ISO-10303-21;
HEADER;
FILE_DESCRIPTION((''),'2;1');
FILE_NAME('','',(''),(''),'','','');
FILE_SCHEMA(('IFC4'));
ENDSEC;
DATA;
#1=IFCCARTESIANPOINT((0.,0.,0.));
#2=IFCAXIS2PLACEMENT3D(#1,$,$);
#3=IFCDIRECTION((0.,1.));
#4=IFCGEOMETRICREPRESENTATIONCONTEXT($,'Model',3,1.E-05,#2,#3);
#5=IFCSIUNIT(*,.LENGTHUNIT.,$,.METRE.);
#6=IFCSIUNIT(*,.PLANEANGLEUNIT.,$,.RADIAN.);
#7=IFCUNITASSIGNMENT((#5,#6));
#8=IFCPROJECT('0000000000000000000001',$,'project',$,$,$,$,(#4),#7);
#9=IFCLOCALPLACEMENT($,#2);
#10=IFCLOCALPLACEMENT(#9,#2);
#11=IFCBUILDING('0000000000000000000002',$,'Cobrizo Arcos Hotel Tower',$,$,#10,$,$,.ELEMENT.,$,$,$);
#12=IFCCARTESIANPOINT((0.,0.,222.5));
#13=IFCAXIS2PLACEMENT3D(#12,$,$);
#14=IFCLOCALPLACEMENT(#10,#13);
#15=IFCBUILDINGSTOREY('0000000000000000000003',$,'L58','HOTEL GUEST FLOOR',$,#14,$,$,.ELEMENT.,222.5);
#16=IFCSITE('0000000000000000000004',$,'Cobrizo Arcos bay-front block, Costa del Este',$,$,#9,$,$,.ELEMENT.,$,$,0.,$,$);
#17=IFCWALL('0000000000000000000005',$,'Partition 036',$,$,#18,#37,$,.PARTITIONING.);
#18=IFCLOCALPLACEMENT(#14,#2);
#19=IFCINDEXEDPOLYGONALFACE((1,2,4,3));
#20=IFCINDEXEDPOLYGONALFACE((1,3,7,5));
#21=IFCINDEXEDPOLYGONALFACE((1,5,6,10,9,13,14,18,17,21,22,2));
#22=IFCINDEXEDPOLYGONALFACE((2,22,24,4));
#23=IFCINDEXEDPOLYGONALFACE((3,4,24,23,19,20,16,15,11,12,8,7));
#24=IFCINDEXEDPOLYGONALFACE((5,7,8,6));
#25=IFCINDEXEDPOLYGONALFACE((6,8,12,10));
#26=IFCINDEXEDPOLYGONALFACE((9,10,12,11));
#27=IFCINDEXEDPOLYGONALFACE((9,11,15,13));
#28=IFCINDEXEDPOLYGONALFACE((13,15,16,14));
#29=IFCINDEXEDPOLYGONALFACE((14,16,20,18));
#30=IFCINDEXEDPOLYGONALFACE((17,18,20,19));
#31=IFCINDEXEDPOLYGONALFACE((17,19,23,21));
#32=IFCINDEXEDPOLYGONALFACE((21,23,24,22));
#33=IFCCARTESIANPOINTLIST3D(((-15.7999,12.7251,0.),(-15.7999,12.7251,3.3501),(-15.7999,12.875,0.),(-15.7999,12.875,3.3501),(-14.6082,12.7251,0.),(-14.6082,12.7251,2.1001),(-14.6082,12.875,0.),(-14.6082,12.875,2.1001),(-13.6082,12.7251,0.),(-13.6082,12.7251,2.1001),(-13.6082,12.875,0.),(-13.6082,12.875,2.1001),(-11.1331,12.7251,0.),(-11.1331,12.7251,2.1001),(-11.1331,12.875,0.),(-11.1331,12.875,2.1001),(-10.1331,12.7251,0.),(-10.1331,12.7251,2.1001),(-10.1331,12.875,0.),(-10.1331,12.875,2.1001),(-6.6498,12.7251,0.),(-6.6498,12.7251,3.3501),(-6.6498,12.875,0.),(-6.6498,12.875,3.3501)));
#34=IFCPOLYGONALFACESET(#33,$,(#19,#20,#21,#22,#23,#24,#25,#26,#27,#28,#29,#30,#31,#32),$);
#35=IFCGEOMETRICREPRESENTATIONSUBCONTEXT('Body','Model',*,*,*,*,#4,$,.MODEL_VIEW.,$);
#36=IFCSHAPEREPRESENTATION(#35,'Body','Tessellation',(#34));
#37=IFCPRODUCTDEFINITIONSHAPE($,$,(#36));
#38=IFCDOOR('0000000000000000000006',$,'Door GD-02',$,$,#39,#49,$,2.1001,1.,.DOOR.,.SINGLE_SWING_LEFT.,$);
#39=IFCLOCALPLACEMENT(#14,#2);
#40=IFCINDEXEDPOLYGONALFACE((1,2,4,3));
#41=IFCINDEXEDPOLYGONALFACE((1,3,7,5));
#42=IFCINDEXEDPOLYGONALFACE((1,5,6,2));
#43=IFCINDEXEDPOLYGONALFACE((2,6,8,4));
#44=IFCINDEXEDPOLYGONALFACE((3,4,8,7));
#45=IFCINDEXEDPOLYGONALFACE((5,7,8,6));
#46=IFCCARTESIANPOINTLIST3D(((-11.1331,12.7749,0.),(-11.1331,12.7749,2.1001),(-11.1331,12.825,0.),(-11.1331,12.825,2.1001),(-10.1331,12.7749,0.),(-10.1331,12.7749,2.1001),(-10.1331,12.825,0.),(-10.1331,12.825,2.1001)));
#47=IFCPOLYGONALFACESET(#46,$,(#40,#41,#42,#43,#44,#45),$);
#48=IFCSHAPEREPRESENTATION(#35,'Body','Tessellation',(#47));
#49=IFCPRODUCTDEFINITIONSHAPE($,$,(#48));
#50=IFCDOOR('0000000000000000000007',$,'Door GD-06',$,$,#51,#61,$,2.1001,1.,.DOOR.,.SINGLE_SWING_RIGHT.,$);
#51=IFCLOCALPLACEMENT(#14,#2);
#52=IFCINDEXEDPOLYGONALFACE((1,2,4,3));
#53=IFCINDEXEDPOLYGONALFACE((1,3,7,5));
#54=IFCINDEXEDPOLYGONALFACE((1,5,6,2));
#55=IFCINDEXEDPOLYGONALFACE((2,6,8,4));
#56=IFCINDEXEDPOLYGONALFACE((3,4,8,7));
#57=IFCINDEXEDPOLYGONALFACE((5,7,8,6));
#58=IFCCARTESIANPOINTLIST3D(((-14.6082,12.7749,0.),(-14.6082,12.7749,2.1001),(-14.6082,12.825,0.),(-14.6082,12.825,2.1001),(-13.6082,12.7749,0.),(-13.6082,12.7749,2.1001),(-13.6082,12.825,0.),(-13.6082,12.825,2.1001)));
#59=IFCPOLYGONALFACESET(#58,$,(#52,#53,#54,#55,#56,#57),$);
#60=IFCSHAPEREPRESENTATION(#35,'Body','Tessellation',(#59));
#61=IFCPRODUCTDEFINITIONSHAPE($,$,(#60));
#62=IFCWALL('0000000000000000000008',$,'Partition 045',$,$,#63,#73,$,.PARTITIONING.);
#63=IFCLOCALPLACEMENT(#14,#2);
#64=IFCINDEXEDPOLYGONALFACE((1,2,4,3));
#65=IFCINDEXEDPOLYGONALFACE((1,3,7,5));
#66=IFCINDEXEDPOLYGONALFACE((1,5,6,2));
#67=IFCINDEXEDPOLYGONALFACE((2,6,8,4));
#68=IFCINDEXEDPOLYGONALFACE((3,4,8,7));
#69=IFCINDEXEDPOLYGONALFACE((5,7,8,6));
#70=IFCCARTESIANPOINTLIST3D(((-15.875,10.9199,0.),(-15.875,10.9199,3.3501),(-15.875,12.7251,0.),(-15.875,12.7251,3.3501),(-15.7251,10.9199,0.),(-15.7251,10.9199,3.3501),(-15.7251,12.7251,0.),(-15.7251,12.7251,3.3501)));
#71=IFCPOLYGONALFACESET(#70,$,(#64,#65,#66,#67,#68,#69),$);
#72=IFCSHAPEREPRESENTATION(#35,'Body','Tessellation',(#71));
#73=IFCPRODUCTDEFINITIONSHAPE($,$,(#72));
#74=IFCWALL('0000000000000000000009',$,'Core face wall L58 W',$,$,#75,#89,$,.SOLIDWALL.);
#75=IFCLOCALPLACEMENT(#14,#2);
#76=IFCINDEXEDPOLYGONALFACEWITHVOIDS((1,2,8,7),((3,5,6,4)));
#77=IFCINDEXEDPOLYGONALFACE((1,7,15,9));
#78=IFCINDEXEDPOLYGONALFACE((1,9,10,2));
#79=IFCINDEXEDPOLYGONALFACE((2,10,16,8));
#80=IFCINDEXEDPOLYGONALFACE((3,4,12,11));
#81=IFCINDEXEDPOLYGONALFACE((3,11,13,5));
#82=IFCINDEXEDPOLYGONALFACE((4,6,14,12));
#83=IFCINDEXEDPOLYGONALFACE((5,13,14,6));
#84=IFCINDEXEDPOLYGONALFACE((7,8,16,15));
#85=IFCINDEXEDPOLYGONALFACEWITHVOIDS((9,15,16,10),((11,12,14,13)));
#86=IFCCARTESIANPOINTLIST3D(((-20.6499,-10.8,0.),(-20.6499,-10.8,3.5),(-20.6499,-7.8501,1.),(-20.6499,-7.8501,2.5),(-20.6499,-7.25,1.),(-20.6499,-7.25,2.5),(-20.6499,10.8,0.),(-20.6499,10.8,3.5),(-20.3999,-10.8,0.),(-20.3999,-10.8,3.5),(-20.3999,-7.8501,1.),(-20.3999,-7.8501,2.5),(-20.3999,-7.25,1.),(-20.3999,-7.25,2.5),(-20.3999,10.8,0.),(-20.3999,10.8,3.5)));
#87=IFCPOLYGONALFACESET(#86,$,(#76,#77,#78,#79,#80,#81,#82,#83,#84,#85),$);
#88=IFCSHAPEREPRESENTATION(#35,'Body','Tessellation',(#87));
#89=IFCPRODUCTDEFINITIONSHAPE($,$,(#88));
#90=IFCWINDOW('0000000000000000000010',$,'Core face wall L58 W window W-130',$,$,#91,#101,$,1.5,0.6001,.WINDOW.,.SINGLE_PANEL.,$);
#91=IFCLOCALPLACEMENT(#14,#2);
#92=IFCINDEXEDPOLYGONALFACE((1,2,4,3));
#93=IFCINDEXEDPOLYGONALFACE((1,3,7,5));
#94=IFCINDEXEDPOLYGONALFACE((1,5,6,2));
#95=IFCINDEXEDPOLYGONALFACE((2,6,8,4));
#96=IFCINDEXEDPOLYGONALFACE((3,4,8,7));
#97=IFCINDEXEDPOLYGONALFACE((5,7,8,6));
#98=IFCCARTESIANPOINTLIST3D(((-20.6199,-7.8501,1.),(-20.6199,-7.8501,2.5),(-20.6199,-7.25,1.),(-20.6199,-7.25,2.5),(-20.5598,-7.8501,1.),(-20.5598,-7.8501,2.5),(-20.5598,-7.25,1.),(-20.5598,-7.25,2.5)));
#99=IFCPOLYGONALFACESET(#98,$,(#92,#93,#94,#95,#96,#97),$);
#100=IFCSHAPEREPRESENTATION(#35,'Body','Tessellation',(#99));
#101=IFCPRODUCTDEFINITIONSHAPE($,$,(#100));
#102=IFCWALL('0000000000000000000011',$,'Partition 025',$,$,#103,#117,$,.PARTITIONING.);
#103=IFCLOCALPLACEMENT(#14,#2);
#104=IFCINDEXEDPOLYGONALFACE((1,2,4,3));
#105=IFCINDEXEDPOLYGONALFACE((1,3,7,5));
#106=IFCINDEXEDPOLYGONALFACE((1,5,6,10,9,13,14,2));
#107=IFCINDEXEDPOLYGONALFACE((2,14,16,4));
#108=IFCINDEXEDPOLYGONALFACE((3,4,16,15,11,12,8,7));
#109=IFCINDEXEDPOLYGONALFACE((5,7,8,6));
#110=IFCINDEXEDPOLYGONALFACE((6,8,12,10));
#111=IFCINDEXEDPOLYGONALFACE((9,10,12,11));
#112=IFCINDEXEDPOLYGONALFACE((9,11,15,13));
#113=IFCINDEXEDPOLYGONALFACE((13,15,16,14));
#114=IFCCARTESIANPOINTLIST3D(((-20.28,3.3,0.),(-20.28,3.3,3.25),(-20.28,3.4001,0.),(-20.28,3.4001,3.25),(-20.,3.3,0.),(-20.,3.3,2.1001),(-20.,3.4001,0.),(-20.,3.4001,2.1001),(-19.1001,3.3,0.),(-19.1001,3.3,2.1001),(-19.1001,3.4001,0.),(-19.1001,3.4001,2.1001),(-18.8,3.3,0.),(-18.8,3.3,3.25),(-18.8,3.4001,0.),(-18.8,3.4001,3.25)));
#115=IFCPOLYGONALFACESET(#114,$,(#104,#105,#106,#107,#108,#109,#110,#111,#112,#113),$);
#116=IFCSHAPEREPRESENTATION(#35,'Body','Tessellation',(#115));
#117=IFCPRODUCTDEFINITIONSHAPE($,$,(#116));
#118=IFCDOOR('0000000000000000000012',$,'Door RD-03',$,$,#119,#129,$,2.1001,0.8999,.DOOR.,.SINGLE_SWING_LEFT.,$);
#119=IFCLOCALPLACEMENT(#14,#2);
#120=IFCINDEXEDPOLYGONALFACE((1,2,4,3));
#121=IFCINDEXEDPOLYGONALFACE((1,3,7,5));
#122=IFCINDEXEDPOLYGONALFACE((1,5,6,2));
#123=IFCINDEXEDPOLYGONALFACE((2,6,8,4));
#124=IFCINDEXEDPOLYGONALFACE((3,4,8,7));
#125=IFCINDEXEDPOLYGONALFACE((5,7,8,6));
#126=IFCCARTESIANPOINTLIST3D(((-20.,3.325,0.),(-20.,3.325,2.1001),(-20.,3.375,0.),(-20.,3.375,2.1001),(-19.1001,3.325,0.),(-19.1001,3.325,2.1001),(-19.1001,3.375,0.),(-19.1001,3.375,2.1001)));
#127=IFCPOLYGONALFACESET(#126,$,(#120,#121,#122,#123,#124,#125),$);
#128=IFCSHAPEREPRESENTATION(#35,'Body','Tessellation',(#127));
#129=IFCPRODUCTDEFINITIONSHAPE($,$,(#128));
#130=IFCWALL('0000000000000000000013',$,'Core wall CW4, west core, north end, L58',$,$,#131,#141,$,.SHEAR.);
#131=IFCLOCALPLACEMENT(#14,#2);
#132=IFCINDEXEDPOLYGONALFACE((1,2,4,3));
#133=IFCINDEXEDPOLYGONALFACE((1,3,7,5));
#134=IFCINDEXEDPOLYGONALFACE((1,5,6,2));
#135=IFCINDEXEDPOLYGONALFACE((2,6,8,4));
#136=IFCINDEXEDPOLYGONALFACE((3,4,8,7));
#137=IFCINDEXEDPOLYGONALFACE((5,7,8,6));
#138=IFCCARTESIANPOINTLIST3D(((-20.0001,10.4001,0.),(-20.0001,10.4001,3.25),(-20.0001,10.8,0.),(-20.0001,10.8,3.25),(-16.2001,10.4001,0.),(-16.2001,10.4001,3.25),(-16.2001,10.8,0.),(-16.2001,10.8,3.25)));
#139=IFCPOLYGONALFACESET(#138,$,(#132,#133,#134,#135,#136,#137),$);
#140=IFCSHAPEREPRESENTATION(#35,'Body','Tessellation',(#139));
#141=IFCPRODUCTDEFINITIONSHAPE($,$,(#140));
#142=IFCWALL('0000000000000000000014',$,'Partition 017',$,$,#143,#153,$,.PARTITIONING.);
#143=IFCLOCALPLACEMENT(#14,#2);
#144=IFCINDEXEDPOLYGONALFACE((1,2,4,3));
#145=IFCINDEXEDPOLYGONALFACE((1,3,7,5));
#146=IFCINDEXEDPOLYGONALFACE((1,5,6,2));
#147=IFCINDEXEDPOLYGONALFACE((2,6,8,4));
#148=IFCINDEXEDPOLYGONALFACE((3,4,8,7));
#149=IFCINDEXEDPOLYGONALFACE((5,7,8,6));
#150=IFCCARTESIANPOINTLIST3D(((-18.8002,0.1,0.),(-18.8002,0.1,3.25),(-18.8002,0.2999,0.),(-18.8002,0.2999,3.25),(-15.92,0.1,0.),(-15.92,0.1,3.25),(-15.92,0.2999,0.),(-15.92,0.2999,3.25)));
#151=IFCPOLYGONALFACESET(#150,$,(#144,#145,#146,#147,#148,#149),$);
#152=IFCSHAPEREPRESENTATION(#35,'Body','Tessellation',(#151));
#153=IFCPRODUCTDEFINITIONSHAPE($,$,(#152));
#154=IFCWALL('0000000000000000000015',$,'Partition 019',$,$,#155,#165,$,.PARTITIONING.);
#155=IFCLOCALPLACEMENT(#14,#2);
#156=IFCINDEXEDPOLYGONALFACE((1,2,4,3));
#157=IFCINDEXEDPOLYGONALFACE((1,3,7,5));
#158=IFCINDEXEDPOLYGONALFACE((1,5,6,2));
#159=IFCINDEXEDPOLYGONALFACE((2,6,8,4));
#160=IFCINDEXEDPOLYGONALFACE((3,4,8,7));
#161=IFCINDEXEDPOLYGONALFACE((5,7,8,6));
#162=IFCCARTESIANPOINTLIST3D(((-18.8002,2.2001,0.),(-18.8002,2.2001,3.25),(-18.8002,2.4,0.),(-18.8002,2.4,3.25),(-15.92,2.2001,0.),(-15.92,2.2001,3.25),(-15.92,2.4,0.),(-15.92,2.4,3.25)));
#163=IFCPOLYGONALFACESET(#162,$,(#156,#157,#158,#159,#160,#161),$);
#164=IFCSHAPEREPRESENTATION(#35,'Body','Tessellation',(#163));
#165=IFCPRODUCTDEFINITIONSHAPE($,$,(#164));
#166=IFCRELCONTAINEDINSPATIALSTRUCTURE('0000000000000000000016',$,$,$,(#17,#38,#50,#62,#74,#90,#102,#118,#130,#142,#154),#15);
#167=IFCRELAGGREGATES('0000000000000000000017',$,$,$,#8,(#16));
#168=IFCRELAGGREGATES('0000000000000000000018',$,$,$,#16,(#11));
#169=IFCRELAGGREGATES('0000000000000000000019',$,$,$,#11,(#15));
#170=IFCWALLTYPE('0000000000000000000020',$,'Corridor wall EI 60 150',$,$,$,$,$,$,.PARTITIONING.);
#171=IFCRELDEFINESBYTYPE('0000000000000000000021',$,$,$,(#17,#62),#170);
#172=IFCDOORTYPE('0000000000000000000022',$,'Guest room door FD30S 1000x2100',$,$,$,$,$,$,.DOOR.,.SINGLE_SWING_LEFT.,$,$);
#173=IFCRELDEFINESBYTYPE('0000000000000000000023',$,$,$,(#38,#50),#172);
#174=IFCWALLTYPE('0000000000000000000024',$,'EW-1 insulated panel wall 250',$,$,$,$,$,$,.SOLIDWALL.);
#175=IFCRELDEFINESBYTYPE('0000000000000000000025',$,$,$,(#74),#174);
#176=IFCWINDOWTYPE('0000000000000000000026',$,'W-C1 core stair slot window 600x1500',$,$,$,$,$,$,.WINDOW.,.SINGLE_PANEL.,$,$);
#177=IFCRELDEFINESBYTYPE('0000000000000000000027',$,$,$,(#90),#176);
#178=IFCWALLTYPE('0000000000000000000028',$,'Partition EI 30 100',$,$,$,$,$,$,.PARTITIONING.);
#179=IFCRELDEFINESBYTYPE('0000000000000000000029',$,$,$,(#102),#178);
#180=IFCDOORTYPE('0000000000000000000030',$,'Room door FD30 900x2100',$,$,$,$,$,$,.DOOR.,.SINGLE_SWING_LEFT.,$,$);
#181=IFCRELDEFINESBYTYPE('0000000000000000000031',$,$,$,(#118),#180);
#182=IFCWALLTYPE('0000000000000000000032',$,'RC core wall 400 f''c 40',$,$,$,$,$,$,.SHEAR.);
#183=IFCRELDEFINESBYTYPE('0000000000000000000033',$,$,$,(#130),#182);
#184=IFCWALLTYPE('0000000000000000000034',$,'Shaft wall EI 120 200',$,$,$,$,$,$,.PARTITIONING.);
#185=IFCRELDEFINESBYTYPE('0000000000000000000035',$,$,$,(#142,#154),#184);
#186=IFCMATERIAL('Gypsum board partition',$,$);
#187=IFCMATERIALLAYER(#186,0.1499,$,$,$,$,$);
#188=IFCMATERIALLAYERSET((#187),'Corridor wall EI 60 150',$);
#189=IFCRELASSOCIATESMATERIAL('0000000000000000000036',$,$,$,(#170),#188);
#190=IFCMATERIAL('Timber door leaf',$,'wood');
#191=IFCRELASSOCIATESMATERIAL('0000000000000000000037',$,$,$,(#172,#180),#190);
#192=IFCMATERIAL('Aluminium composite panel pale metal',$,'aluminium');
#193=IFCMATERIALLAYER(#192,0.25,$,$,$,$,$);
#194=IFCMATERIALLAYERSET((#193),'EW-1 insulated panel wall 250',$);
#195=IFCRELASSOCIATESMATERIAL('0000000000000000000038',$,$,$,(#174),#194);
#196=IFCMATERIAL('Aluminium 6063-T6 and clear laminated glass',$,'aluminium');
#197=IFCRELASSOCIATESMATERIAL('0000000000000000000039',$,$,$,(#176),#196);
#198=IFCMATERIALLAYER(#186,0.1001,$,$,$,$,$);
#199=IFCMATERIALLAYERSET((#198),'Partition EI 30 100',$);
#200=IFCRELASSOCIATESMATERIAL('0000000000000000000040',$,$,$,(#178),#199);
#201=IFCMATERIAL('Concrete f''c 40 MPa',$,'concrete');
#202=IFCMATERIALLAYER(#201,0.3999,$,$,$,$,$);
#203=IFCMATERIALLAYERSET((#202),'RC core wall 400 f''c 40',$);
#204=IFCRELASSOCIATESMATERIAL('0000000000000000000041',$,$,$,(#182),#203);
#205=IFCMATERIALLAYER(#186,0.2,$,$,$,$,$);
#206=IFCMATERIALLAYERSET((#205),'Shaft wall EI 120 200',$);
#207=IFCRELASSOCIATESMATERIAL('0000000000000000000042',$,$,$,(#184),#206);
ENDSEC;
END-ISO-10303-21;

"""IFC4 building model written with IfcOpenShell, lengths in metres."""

from ifc_helpers import new_model, si_unit, direction, frame, frame_2d, origin, place, context, subcontext, project, spatial, rectangle, extrude, material, layer, layer_set, type_object, element, fill, save


model = new_model("IFC4")

# Units and contexts
model_context = context("Model", 3, precision=1e-05, world=origin(), true_north=direction((0.0, 1.0)))
body_context = subcontext(model_context, "Body", "Model", "MODEL_VIEW")
ifc_project = project(units=[si_unit("LENGTHUNIT", "METRE"), si_unit("PLANEANGLEUNIT", "RADIAN")], contexts=[model_context])

# Site, building, storey
site_placement = place(None, origin())
site = spatial("IfcSite", under=ifc_project, at=site_placement, Name="Cobrizo Arcos bay-front block, Costa del Este", CompositionType="ELEMENT", RefElevation=0.0)
building_placement = place(site_placement, origin())
building = spatial("IfcBuilding", under=site, at=building_placement, Name="Cobrizo Arcos Hotel Tower", CompositionType="ELEMENT")
storey_placement = place(building_placement, frame((0.0, 0.0, 222.5)))
storey = spatial("IfcBuildingStorey", under=building, at=storey_placement, Name="L58", Description="HOTEL GUEST FLOOR", CompositionType="ELEMENT", Elevation=222.5)

# Shared definitions
ifc_material_1 = material(Name="Gypsum board partition")
ifc_layer_1 = layer(ifc_material_1, 0.1499)
ifc_layer_set_1 = layer_set([ifc_layer_1], Name="Corridor wall EI 60 150")
wall_type_1 = type_object("IfcWallType", Name="Corridor wall EI 60 150", PredefinedType="PARTITIONING", material=ifc_layer_set_1)

# Wall, openings, doors
wall_1_placement = place(storey_placement, frame((-15.8, 12.8, 0.0), z_axis=(0.0, 0.0, 1.0), x_axis=(1.0, 0.0, 0.0)))
wall_1 = element("IfcWall", 1, at=wall_1_placement, inside=storey, type_object=wall_type_1, Name="Partition 036", PredefinedType="PARTITIONING", context=body_context, shape_type="SweptSolid", body=[
    extrude(rectangle(XDim=9.1501, YDim=0.1499, at=frame_2d((4.5752, 0.0))), origin(), (0.0, 0.0, 1.0), 3.3501),
])
opening_1_placement = place(wall_1_placement, frame((4.667, 0.0, 0.0)))
opening_1 = element("IfcOpeningElement", 2, at=opening_1_placement, cuts=wall_1, PredefinedType="OPENING", context=body_context, shape_type="SweptSolid", body=[
    extrude(rectangle(XDim=1.0, YDim=2.1001, at=frame_2d((0.5, 1.05))), frame((0.0, 0.0869, 0.0), z_axis=(0.0, -1.0, 0.0), x_axis=(1.0, 0.0, 0.0)), (0.0, 0.0, 1.0), 0.1738),
])
opening_2_placement = place(wall_1_placement, frame((1.1919, 0.0, 0.0)))
opening_2 = element("IfcOpeningElement", 3, at=opening_2_placement, cuts=wall_1, PredefinedType="OPENING", context=body_context, shape_type="SweptSolid", body=[
    extrude(rectangle(XDim=1.0, YDim=2.1001, at=frame_2d((0.5, 1.05))), frame((0.0, 0.0869, 0.0), z_axis=(0.0, -1.0, 0.0), x_axis=(1.0, 0.0, 0.0)), (0.0, 0.0, 1.0), 0.1738),
])
ifc_material_2 = material(Name="Timber door leaf", Category="wood")
door_type_1 = type_object("IfcDoorType", Name="Guest room door FD30S 1000x2100", OperationType="SINGLE_SWING_LEFT", PredefinedType="DOOR", material=ifc_material_2)
door_1_placement = place(opening_1_placement, origin())
door_1 = element("IfcDoor", 4, at=door_1_placement, inside=storey, type_object=door_type_1, Name="Door GD-02", OperationType="SINGLE_SWING_LEFT", OverallHeight=2.1001, OverallWidth=1.0, PredefinedType="DOOR", context=body_context, shape_type="SweptSolid", body=[
    extrude(rectangle(XDim=1.0, YDim=2.1001, at=frame_2d((0.5, 1.05))), frame((0.0, 0.0249, 0.0), z_axis=(0.0, -1.0, 0.0), x_axis=(1.0, 0.0, 0.0)), (0.0, 0.0, 1.0), 0.05),
])
fill(opening_1, door_1)
door_2_placement = place(opening_2_placement, origin())
door_2 = element("IfcDoor", 5, at=door_2_placement, inside=storey, type_object=door_type_1, Name="Door GD-06", OperationType="SINGLE_SWING_RIGHT", OverallHeight=2.1001, OverallWidth=1.0, PredefinedType="DOOR", context=body_context, shape_type="SweptSolid", body=[
    extrude(rectangle(XDim=1.0, YDim=2.1001, at=frame_2d((0.5, 1.05))), frame((0.0, 0.0249, 0.0), z_axis=(0.0, -1.0, 0.0), x_axis=(1.0, 0.0, 0.0)), (0.0, 0.0, 1.0), 0.05),
])
fill(opening_2, door_2)

# Wall
wall_2_placement = place(storey_placement, frame((-15.8, 10.9199, 0.0), z_axis=(0.0, 0.0, 1.0), x_axis=(0.0, 1.0, 0.0)))
element("IfcWall", 6, at=wall_2_placement, inside=storey, type_object=wall_type_1, Name="Partition 045", PredefinedType="PARTITIONING", context=body_context, shape_type="SweptSolid", body=[
    extrude(rectangle(XDim=1.8052, YDim=0.1499, at=frame_2d((0.9026, 0.0))), origin(), (0.0, 0.0, 1.0), 3.3501),
])

# Wall, opening, window
ifc_material_3 = material(Name="Aluminium composite panel pale metal", Category="aluminium")
ifc_layer_2 = layer(ifc_material_3, 0.25)
ifc_layer_set_2 = layer_set([ifc_layer_2], Name="EW-1 insulated panel wall 250")
wall_type_2 = type_object("IfcWallType", Name="EW-1 insulated panel wall 250", PredefinedType="SOLIDWALL", material=ifc_layer_set_2)
wall_3_placement = place(storey_placement, frame((-20.5249, 10.8, 0.0), z_axis=(0.0, 0.0, 1.0), x_axis=(0.0, -1.0, 0.0)))
wall_3 = element("IfcWall", 7, at=wall_3_placement, inside=storey, type_object=wall_type_2, Name="Core face wall L58 W", PredefinedType="SOLIDWALL", context=body_context, shape_type="SweptSolid", body=[
    extrude(rectangle(XDim=21.6001, YDim=0.25, at=frame_2d((10.8, 0.0))), origin(), (0.0, 0.0, 1.0), 3.5),
])
opening_3_placement = place(wall_3_placement, frame((18.05, 0.0, 1.0)))
opening_3 = element("IfcOpeningElement", 8, at=opening_3_placement, cuts=wall_3, PredefinedType="OPENING", context=body_context, shape_type="SweptSolid", body=[
    extrude(rectangle(XDim=0.6001, YDim=1.5, at=frame_2d((0.3, 0.75))), frame((0.0, 0.137, 0.0), z_axis=(0.0, -1.0, 0.0), x_axis=(1.0, 0.0, 0.0)), (0.0, 0.0, 1.0), 0.2739),
])
ifc_material_4 = material(Name="Aluminium 6063-T6 and clear laminated glass", Category="aluminium")
window_type = type_object("IfcWindowType", Name="W-C1 core stair slot window 600x1500", PartitioningType="SINGLE_PANEL", PredefinedType="WINDOW", material=ifc_material_4)
window_placement = place(opening_3_placement, origin())
window = element("IfcWindow", 9, at=window_placement, inside=storey, type_object=window_type, Name="Core face wall L58 W window W-130", OverallHeight=1.5, OverallWidth=0.6001, PartitioningType="SINGLE_PANEL", PredefinedType="WINDOW", context=body_context, shape_type="SweptSolid", body=[
    extrude(rectangle(XDim=0.6001, YDim=1.5, at=frame_2d((0.3, 0.75))), frame((0.0, -0.0349, 0.0), z_axis=(0.0, -1.0, 0.0), x_axis=(1.0, 0.0, 0.0)), (0.0, 0.0, 1.0), 0.0601),
])
fill(opening_3, window)

# Wall, opening, door
ifc_layer_3 = layer(ifc_material_1, 0.1001)
ifc_layer_set_3 = layer_set([ifc_layer_3], Name="Partition EI 30 100")
wall_type_3 = type_object("IfcWallType", Name="Partition EI 30 100", PredefinedType="PARTITIONING", material=ifc_layer_set_3)
wall_4_placement = place(storey_placement, frame((-20.28, 3.3501, 0.0), z_axis=(0.0, 0.0, 1.0), x_axis=(1.0, 0.0, 0.0)))
wall_4 = element("IfcWall", 10, at=wall_4_placement, inside=storey, type_object=wall_type_3, Name="Partition 025", PredefinedType="PARTITIONING", context=body_context, shape_type="SweptSolid", body=[
    extrude(rectangle(XDim=1.48, YDim=0.1001, at=frame_2d((0.74, 0.0))), origin(), (0.0, 0.0, 1.0), 3.25),
])
opening_4_placement = place(wall_4_placement, frame((0.28, 0.0, 0.0)))
opening_4 = element("IfcOpeningElement", 11, at=opening_4_placement, cuts=wall_4, PredefinedType="OPENING", context=body_context, shape_type="SweptSolid", body=[
    extrude(rectangle(XDim=0.8999, YDim=2.1001, at=frame_2d((0.45, 1.05))), frame((0.0, 0.062, 0.0), z_axis=(0.0, -1.0, 0.0), x_axis=(1.0, 0.0, 0.0)), (0.0, 0.0, 1.0), 0.124),
])
door_type_2 = type_object("IfcDoorType", Name="Room door FD30 900x2100", OperationType="SINGLE_SWING_LEFT", PredefinedType="DOOR", material=ifc_material_2)
door_3_placement = place(opening_4_placement, origin())
door_3 = element("IfcDoor", 12, at=door_3_placement, inside=storey, type_object=door_type_2, Name="Door RD-03", OperationType="SINGLE_SWING_LEFT", OverallHeight=2.1001, OverallWidth=0.8999, PredefinedType="DOOR", context=body_context, shape_type="SweptSolid", body=[
    extrude(rectangle(XDim=0.8999, YDim=2.1001, at=frame_2d((0.45, 1.05))), frame((0.0, 0.0249, 0.0), z_axis=(0.0, -1.0, 0.0), x_axis=(1.0, 0.0, 0.0)), (0.0, 0.0, 1.0), 0.05),
])
fill(opening_4, door_3)

# Walls
ifc_material_5 = material(Name="Concrete f'c 40 MPa", Category="concrete")
ifc_layer_4 = layer(ifc_material_5, 0.3999)
ifc_layer_set_4 = layer_set([ifc_layer_4], Name="RC core wall 400 f'c 40")
wall_type_4 = type_object("IfcWallType", Name="RC core wall 400 f'c 40", PredefinedType="SHEAR", material=ifc_layer_set_4)
wall_5_placement = place(storey_placement, frame((-20.0, 10.6001, 0.0), z_axis=(0.0, 0.0, 1.0), x_axis=(1.0, 0.0, 0.0)))
element("IfcWall", 13, at=wall_5_placement, inside=storey, type_object=wall_type_4, Name="Core wall CW4, west core, north end, L58", PredefinedType="SHEAR", context=body_context, shape_type="SweptSolid", body=[
    extrude(rectangle(XDim=3.8, YDim=0.3999, at=frame_2d((1.8999, 0.0))), origin(), (0.0, 0.0, 1.0), 3.25),
])
ifc_layer_5 = layer(ifc_material_1, 0.2)
ifc_layer_set_5 = layer_set([ifc_layer_5], Name="Shaft wall EI 120 200")
wall_type_5 = type_object("IfcWallType", Name="Shaft wall EI 120 200", PredefinedType="PARTITIONING", material=ifc_layer_set_5)
for number, where, z_axis, x_axis, name in (
    (14, (-18.8, 0.2, 0.0), (0.0, 0.0, 1.0), (1.0, 0.0, 0.0), "Partition 017"),
    (15, (-18.8, 2.3, 0.0), (0.0, 0.0, 1.0), (1.0, 0.0, 0.0), "Partition 019"),
):
    element("IfcWall", number, at=place(storey_placement, frame(where, z_axis=z_axis, x_axis=x_axis)), inside=storey, type_object=wall_type_5, Name=name, PredefinedType="PARTITIONING", context=body_context, shape_type="SweptSolid", body=[
        extrude(rectangle(XDim=2.8801, YDim=0.2, at=frame_2d((1.4399, 0.0))), origin(), (0.0, 0.0, 1.0), 3.25),
    ])

save(model, "model.ifc")
